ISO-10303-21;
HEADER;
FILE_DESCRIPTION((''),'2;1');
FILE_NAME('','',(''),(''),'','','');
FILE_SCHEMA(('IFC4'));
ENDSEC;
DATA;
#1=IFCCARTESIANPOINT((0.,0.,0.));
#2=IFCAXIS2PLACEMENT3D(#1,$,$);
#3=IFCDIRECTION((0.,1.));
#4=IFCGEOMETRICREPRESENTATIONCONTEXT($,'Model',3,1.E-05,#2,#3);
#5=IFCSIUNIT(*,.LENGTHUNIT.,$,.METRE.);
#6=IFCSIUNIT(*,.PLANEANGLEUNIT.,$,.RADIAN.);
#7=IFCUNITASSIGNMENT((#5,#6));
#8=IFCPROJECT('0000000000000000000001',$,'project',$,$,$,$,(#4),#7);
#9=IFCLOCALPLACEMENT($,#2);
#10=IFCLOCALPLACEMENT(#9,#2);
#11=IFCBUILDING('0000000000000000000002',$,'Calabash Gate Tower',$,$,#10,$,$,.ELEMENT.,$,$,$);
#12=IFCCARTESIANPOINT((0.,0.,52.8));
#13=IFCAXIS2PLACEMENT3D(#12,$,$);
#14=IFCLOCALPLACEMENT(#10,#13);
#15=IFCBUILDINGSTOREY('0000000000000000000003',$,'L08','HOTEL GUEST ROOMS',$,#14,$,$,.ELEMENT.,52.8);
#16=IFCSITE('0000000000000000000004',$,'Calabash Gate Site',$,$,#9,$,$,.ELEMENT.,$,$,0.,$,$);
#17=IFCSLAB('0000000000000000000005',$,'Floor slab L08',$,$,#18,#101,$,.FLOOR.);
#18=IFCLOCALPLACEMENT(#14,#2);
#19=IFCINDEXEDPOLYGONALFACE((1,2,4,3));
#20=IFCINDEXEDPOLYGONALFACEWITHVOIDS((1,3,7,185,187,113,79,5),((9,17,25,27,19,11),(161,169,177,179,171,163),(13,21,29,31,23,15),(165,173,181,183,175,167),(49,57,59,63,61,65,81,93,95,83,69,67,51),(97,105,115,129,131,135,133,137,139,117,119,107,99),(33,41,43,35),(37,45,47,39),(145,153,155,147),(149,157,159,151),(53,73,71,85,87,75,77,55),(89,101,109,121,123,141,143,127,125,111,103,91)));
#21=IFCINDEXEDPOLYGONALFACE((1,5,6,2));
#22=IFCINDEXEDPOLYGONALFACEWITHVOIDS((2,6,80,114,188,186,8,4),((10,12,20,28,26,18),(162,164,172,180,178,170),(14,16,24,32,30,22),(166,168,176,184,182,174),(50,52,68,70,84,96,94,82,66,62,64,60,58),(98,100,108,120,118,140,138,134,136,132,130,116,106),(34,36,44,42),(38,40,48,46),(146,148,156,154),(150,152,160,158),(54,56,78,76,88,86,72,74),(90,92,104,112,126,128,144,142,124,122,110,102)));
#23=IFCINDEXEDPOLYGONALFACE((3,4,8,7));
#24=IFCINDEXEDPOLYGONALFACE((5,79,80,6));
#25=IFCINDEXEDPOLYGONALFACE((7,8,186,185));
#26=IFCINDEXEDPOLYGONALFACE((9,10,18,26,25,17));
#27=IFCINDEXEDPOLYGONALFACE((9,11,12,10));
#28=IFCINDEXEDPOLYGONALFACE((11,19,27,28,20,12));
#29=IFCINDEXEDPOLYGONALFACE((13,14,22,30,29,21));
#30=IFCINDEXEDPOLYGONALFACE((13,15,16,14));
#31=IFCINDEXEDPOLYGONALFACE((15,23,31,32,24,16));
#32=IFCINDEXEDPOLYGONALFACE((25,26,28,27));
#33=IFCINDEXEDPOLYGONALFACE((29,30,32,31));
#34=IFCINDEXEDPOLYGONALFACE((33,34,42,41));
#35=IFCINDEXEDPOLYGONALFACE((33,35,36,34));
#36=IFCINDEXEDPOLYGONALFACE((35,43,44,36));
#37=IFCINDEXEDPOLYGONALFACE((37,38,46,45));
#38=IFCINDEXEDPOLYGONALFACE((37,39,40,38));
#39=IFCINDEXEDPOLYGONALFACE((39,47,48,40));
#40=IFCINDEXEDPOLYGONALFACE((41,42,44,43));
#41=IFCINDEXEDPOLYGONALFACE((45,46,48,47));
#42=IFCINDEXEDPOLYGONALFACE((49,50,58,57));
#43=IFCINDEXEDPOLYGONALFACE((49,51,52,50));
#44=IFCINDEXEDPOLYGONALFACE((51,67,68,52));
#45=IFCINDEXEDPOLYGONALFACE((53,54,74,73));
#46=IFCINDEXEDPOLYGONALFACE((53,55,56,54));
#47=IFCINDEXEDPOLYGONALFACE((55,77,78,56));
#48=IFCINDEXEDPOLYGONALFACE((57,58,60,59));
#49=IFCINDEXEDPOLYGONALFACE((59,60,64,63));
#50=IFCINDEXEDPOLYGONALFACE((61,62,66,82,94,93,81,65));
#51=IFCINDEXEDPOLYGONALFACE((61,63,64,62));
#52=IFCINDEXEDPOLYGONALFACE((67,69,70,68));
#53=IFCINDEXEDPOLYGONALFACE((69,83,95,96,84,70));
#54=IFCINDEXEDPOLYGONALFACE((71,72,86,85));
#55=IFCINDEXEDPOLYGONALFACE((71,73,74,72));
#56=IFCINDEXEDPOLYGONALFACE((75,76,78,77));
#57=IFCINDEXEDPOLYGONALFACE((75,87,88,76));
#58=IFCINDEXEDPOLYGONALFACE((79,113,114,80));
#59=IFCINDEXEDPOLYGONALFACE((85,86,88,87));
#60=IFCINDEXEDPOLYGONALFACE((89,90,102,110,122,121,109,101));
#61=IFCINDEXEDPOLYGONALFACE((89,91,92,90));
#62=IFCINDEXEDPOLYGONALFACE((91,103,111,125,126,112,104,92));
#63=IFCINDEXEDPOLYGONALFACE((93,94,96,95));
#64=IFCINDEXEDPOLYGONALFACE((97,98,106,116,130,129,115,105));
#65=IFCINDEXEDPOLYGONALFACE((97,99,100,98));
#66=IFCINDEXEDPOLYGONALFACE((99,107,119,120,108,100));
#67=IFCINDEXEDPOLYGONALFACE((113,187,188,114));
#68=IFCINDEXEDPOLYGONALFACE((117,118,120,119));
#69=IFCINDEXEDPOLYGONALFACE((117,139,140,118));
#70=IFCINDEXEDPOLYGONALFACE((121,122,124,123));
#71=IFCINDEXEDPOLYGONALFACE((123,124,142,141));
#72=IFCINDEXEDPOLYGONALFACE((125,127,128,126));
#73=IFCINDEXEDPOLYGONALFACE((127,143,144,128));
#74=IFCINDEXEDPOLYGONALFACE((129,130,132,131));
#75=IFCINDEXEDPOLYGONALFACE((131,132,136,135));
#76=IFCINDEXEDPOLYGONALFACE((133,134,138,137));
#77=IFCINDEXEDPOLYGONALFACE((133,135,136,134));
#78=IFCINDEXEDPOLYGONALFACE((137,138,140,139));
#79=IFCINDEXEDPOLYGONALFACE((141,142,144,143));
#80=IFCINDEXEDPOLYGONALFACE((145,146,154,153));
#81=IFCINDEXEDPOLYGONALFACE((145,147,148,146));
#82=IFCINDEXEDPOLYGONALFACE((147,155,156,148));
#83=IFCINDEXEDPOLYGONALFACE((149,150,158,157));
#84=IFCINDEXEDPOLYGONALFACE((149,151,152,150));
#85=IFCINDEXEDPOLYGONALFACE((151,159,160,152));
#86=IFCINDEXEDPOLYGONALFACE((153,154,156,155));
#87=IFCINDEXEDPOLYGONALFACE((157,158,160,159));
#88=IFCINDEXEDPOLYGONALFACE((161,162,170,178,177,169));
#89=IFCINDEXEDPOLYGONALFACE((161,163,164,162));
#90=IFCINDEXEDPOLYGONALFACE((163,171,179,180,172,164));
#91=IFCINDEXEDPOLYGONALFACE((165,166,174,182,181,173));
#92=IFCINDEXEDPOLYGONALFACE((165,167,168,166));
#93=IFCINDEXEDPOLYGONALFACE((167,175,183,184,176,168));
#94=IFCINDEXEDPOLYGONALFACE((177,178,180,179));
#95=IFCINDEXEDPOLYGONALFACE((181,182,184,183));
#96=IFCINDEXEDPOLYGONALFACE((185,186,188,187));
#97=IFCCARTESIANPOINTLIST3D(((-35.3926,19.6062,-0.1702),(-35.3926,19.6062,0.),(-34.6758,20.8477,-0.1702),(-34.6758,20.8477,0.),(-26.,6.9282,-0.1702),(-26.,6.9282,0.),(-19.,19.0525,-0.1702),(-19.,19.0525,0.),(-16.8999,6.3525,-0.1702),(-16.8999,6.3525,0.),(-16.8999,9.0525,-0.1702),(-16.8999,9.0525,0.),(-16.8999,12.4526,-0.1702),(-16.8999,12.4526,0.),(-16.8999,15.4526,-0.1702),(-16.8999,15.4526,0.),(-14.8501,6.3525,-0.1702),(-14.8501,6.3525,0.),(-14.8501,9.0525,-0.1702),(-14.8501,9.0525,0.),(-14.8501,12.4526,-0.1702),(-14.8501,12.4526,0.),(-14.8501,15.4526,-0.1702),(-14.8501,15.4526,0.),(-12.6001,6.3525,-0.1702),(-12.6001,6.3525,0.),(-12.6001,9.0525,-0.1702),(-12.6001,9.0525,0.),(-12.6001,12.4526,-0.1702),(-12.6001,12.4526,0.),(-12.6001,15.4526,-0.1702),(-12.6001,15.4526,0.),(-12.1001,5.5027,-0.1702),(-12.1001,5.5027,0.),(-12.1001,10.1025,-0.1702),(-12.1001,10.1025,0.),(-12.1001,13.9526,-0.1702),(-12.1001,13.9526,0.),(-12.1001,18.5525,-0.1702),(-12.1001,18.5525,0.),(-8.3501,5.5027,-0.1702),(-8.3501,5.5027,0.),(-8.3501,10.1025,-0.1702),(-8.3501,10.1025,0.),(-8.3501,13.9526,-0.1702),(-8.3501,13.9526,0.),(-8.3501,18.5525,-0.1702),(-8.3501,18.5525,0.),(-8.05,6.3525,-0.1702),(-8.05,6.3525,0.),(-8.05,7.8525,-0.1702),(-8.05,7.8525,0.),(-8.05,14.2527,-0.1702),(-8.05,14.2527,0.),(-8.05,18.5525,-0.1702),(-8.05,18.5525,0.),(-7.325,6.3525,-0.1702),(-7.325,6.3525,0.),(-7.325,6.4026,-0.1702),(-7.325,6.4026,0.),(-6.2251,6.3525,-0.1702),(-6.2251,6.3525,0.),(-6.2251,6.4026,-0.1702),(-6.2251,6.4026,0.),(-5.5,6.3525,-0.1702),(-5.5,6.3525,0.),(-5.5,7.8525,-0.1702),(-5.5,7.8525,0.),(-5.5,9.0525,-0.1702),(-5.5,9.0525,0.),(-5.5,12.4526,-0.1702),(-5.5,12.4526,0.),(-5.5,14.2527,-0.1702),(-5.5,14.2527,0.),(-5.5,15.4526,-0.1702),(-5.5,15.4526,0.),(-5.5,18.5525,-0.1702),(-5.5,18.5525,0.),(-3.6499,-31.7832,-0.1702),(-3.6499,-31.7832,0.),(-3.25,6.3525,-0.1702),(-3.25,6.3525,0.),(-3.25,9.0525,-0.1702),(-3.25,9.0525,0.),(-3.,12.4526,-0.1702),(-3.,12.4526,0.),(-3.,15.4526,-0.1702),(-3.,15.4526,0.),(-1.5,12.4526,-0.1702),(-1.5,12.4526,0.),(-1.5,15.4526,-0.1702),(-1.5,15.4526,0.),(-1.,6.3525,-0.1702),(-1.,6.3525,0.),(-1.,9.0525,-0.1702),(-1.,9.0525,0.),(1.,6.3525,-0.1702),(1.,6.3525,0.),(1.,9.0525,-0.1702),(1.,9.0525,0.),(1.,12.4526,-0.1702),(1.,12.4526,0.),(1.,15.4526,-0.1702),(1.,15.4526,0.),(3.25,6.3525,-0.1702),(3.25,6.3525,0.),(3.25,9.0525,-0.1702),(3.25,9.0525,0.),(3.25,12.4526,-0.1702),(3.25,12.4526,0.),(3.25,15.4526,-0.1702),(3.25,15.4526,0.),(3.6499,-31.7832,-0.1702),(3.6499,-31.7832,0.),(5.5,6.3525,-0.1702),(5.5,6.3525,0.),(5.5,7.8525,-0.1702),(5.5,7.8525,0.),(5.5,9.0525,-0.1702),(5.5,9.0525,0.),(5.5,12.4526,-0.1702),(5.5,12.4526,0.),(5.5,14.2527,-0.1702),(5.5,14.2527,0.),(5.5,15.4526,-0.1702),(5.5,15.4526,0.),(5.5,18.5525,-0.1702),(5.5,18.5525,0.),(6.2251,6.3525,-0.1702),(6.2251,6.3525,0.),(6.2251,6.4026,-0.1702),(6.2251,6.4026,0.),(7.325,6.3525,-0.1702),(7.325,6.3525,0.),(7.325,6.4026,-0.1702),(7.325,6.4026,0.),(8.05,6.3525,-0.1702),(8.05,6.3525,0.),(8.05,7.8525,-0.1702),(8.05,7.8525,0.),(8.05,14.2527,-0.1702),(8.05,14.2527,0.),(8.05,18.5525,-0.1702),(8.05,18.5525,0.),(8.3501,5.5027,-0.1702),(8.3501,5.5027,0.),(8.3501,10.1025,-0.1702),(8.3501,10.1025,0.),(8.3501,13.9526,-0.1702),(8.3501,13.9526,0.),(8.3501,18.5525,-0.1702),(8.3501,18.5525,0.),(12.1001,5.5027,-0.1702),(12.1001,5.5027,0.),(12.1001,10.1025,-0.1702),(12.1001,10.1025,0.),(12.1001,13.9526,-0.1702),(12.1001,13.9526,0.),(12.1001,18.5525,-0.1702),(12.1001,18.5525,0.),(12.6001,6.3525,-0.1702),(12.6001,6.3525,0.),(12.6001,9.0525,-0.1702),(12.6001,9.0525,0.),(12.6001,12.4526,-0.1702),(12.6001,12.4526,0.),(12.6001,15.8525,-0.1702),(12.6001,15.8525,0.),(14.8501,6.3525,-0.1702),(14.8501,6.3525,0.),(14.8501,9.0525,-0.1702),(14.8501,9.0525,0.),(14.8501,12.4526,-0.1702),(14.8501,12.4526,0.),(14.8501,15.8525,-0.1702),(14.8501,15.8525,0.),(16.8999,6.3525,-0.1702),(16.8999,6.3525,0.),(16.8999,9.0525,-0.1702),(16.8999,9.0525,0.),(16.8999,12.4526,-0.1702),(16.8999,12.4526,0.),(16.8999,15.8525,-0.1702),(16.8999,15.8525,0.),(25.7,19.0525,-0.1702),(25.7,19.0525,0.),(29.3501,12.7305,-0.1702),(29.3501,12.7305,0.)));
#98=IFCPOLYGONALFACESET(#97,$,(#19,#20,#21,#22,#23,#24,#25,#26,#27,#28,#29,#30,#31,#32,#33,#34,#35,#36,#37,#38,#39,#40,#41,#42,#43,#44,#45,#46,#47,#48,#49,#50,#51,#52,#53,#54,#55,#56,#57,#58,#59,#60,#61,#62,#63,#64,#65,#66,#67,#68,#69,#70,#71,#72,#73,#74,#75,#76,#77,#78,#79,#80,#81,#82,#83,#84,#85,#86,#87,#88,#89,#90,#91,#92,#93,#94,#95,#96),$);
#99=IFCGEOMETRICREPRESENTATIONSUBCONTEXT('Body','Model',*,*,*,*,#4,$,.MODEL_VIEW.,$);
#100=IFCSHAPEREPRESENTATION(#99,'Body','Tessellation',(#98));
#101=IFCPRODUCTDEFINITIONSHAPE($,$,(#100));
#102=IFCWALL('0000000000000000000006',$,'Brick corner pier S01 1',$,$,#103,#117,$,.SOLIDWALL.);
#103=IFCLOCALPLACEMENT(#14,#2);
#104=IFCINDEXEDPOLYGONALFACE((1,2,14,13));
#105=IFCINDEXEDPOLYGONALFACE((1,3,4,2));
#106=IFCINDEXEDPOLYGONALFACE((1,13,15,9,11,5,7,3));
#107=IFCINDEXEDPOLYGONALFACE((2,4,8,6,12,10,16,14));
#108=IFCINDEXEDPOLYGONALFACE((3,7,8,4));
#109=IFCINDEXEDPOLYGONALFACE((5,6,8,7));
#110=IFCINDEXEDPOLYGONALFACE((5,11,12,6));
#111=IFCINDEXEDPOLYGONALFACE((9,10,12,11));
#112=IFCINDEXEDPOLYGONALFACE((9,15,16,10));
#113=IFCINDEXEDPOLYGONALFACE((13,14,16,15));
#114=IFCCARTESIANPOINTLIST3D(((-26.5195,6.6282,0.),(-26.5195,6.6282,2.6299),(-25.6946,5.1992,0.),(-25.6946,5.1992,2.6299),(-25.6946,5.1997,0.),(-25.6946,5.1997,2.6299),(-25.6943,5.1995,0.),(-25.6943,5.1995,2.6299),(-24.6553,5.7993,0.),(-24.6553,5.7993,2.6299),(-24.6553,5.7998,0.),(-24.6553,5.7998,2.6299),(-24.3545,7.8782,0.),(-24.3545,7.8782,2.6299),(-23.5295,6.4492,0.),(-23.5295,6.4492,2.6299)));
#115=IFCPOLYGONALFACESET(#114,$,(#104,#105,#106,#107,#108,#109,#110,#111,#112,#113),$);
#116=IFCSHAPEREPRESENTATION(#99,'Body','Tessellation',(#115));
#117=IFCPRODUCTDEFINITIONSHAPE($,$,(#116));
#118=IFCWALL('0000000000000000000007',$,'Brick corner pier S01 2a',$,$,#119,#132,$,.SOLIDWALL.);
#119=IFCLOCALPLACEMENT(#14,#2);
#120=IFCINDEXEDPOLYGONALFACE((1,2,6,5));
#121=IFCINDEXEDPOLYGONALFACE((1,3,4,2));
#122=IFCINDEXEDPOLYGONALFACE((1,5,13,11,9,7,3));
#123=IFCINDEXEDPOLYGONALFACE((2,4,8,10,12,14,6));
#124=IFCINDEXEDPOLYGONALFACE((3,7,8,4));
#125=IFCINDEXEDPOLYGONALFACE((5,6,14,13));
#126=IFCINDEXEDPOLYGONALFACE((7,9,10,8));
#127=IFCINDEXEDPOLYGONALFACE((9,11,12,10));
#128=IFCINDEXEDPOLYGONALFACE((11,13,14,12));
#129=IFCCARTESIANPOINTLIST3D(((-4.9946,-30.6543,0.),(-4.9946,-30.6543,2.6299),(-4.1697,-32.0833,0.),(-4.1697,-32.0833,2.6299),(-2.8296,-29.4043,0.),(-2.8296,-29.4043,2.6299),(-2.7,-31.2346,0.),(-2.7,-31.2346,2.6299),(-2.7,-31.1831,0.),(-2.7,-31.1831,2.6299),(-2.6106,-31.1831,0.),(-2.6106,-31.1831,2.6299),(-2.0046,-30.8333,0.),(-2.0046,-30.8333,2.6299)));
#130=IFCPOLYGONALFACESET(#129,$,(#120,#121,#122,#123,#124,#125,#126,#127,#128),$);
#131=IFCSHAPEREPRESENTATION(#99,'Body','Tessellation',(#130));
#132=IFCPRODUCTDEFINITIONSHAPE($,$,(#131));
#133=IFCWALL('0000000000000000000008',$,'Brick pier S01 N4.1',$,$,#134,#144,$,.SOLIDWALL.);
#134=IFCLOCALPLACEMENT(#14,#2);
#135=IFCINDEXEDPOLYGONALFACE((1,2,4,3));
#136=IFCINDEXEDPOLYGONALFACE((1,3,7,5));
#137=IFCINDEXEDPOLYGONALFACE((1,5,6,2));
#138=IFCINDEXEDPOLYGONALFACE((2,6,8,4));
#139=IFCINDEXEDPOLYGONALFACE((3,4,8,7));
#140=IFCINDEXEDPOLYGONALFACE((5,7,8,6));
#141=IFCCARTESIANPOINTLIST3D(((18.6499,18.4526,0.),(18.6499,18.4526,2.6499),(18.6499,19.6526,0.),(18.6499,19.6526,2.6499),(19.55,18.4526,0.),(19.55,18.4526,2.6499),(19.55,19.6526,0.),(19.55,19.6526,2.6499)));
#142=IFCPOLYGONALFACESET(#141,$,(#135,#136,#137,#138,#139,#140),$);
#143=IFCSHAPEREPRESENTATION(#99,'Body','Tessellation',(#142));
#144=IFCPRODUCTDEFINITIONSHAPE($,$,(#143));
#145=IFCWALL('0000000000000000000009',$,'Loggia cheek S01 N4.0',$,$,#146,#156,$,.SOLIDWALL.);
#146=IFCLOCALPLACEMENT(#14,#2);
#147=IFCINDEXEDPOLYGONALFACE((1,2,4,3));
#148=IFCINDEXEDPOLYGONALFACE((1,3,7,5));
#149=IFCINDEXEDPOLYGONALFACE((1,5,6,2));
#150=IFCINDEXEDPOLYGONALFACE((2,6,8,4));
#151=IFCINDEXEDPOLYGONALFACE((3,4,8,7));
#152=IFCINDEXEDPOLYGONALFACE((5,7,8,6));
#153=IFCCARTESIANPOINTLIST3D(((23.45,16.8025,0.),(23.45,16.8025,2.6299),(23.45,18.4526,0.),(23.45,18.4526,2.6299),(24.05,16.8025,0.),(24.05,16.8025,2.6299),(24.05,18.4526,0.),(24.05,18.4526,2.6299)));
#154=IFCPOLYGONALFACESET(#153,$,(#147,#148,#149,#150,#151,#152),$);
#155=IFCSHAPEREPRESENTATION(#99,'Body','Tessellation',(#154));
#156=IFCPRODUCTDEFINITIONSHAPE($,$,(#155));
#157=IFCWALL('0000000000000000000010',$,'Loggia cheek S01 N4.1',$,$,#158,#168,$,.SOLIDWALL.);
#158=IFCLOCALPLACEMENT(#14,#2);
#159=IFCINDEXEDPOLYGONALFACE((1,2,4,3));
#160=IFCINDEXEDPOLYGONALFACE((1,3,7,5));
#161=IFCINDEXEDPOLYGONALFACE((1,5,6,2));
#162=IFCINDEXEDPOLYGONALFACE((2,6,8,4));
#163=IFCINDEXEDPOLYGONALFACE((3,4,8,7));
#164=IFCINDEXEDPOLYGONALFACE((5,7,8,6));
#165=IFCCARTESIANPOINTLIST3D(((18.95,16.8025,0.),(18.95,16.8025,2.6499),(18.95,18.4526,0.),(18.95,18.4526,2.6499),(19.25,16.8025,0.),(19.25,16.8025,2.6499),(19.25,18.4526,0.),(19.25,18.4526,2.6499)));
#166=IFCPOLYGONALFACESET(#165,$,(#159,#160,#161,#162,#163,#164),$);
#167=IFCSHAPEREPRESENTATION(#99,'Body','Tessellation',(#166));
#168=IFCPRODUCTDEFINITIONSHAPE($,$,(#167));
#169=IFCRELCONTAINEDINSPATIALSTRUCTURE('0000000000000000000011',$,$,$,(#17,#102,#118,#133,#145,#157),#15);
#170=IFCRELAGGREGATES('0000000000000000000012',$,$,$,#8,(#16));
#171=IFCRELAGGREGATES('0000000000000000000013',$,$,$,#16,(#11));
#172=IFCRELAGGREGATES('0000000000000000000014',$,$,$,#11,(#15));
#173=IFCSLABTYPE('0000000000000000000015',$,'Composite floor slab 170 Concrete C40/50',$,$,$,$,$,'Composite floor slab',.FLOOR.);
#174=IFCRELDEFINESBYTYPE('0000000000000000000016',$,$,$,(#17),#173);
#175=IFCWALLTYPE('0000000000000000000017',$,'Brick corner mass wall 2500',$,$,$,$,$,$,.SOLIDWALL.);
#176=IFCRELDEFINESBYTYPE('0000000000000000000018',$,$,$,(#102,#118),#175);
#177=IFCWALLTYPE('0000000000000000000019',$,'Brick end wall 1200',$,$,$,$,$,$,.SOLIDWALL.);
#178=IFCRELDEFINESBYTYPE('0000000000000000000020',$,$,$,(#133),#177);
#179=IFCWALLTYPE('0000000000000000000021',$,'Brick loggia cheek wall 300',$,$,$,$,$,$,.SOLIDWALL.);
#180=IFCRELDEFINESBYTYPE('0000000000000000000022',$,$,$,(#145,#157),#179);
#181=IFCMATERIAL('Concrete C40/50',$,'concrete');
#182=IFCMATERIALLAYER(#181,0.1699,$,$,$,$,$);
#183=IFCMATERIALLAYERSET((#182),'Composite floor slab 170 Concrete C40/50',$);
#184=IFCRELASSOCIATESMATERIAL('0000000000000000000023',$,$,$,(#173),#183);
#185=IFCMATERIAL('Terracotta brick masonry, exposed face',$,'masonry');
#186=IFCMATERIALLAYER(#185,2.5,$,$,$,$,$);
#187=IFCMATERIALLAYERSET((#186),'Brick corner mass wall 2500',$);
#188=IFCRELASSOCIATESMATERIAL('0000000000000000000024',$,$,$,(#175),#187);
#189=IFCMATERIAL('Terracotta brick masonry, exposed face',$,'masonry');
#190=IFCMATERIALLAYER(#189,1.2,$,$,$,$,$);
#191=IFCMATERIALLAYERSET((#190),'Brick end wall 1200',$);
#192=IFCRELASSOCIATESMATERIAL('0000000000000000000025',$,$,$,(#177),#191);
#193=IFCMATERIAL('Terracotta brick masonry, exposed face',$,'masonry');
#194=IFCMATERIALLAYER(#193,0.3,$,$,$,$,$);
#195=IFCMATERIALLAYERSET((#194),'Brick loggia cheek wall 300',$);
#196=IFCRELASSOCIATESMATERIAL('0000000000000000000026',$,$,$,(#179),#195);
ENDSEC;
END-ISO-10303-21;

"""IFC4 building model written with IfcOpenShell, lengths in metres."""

from ifc_helpers import new_model, si_unit, direction, frame, origin, place, context, subcontext, project, spatial, polyline, outline, extrude, material, layer, layer_set, type_object, element, save


model = new_model("IFC4")

# Units and contexts
model_context = context("Model", 3, precision=1e-05, world=origin(), true_north=direction((0.0, 1.0)))
body_context = subcontext(model_context, "Body", "Model", "MODEL_VIEW")
ifc_project = project(units=[si_unit("LENGTHUNIT", "METRE"), si_unit("PLANEANGLEUNIT", "RADIAN")], contexts=[model_context])

# Site, building, storey
site_placement = place(None, origin())
site = spatial("IfcSite", under=ifc_project, at=site_placement, Name="Calabash Gate Site", CompositionType="ELEMENT", RefElevation=0.0)
building_placement = place(site_placement, origin())
building = spatial("IfcBuilding", under=site, at=building_placement, Name="Calabash Gate Tower", CompositionType="ELEMENT")
storey_placement = place(building_placement, frame((0.0, 0.0, 52.8)))
storey = spatial("IfcBuildingStorey", under=building, at=storey_placement, Name="L08", Description="HOTEL GUEST ROOMS", CompositionType="ELEMENT", Elevation=52.8)

# Slab
ifc_material_1 = material(Name="Concrete C40/50", Category="concrete")
ifc_layer_1 = layer(ifc_material_1, 0.1699)
ifc_layer_set_1 = layer_set([ifc_layer_1], Name="Composite floor slab 170 Concrete C40/50")
slab_type = type_object("IfcSlabType", Name="Composite floor slab 170 Concrete C40/50", ElementType="Composite floor slab", PredefinedType="FLOOR", material=ifc_layer_set_1)
slab_placement = place(storey_placement, frame((0.0, 0.0, -0.1702)))
element("IfcSlab", 1, at=slab_placement, inside=storey, type_object=slab_type, Name="Floor slab L08", PredefinedType="FLOOR", context=body_context, shape_type="SweptSolid", body=[
    extrude(outline(polyline([(-26.0, 6.9282), (-35.3926, 19.6062), (-34.6758, 20.8477), (-19.0, 19.0525), (25.7, 19.0525), (29.3501, 12.7305), (3.6499, -31.7832), (-3.6499, -31.7832), (-26.0, 6.9282)]), holes=[polyline([(-5.5, 9.0525), (-5.5, 7.8525), (-8.05, 7.8525), (-8.05, 6.3525), (-7.325, 6.3525), (-7.325, 6.4026), (-6.2251, 6.4026), (-6.2251, 6.3525), (-5.5, 6.3525), (-3.25, 6.3525), (-1.0, 6.3525), (-1.0, 9.0525), (-3.25, 9.0525), (-5.5, 9.0525)]), polyline([(5.5, 9.0525), (3.25, 9.0525), (1.0, 9.0525), (1.0, 6.3525), (3.25, 6.3525), (5.5, 6.3525), (6.2251, 6.3525), (6.2251, 6.4026), (7.325, 6.4026), (7.325, 6.3525), (8.05, 6.3525), (8.05, 7.8525), (5.5, 7.8525), (5.5, 9.0525)]), polyline([(-5.5, 14.2527), (-5.5, 12.4526), (-3.0, 12.4526), (-3.0, 15.4526), (-5.5, 15.4526), (-5.5, 18.5525), (-8.05, 18.5525), (-8.05, 14.2527), (-5.5, 14.2527)]), polyline([(8.05, 18.5525), (5.5, 18.5525), (5.5, 15.4526), (3.25, 15.4526), (1.0, 15.4526), (-1.5, 15.4526), (-1.5, 12.4526), (1.0, 12.4526), (3.25, 12.4526), (5.5, 12.4526), (5.5, 14.2527), (8.05, 14.2527), (8.05, 18.5525)]), polyline([(-12.6001, 6.3525), (-12.6001, 9.0525), (-14.8501, 9.0525), (-16.8999, 9.0525), (-16.8999, 6.3525), (-14.8501, 6.3525), (-12.6001, 6.3525)]), polyline([(-14.8501, 12.4526), (-12.6001, 12.4526), (-12.6001, 15.4526), (-14.8501, 15.4526), (-16.8999, 15.4526), (-16.8999, 12.4526), (-14.8501, 12.4526)]), polyline([(14.8501, 6.3525), (16.8999, 6.3525), (16.8999, 9.0525), (14.8501, 9.0525), (12.6001, 9.0525), (12.6001, 6.3525), (14.8501, 6.3525)]), polyline([(14.8501, 12.4526), (16.8999, 12.4526), (16.8999, 15.8525), (14.8501, 15.8525), (12.6001, 15.8525), (12.6001, 12.4526), (14.8501, 12.4526)]), polyline([(-8.3501, 18.5525), (-12.1001, 18.5525), (-12.1001, 13.9526), (-8.3501, 13.9526), (-8.3501, 18.5525)]), polyline([(-12.1001, 10.1025), (-12.1001, 5.5027), (-8.3501, 5.5027), (-8.3501, 10.1025), (-12.1001, 10.1025)]), polyline([(8.3501, 13.9526), (12.1001, 13.9526), (12.1001, 18.5525), (8.3501, 18.5525), (8.3501, 13.9526)]), polyline([(12.1001, 5.5027), (12.1001, 10.1025), (8.3501, 10.1025), (8.3501, 5.5027), (12.1001, 5.5027)])]), origin(), (0.0, 0.0, 1.0), 0.1702),
])

# Walls
ifc_material_2 = material(Name="Terracotta brick masonry, exposed face", Category="masonry")
ifc_layer_2 = layer(ifc_material_2, 2.5)
ifc_layer_set_2 = layer_set([ifc_layer_2], Name="Brick corner mass wall 2500")
wall_type_1 = type_object("IfcWallType", Name="Brick corner mass wall 2500", PredefinedType="SOLIDWALL", material=ifc_layer_set_2)
wall_1_placement = place(storey_placement, origin())
element("IfcWall", 2, at=wall_1_placement, inside=storey, type_object=wall_type_1, Name="Brick corner pier S01 1", PredefinedType="SOLIDWALL", context=body_context, shape_type="SweptSolid", body=[
    extrude(outline(polyline([(-25.6946, 5.1997), (-24.6553, 5.7998), (-24.6553, 5.7993), (-23.5295, 6.4492), (-24.3545, 7.8782), (-26.5195, 6.6282), (-25.6946, 5.1992), (-25.6943, 5.1995), (-25.6946, 5.1997)])), origin(), (0.0, 0.0, 1.0), 2.6299),
])
wall_2_placement = place(storey_placement, origin())
element("IfcWall", 3, at=wall_2_placement, inside=storey, type_object=wall_type_1, Name="Brick corner pier S01 2a", PredefinedType="SOLIDWALL", context=body_context, shape_type="SweptSolid", body=[
    extrude(outline(polyline([(-2.0046, -30.8333), (-2.8296, -29.4043), (-4.9946, -30.6543), (-4.1697, -32.0833), (-2.7, -31.2346), (-2.7, -31.1831), (-2.6106, -31.1831), (-2.0046, -30.8333)])), origin(), (0.0, 0.0, 1.0), 2.6299),
])
ifc_material_3 = material(Name="Terracotta brick masonry, exposed face", Category="masonry")
ifc_layer_3 = layer(ifc_material_3, 1.2)
ifc_layer_set_3 = layer_set([ifc_layer_3], Name="Brick end wall 1200")
wall_type_2 = type_object("IfcWallType", Name="Brick end wall 1200", PredefinedType="SOLIDWALL", material=ifc_layer_set_3)
wall_3_placement = place(storey_placement, origin())
element("IfcWall", 4, at=wall_3_placement, inside=storey, type_object=wall_type_2, Name="Brick pier S01 N4.1", PredefinedType="SOLIDWALL", context=body_context, shape_type="SweptSolid", body=[
    extrude(outline(polyline([(19.55, 19.6526), (18.6499, 19.6526), (18.6499, 18.4526), (19.55, 18.4526), (19.55, 19.6526)])), origin(), (0.0, 0.0, 1.0), 2.6499),
])
ifc_material_4 = material(Name="Terracotta brick masonry, exposed face", Category="masonry")
ifc_layer_4 = layer(ifc_material_4, 0.3)
ifc_layer_set_4 = layer_set([ifc_layer_4], Name="Brick loggia cheek wall 300")
wall_type_3 = type_object("IfcWallType", Name="Brick loggia cheek wall 300", PredefinedType="SOLIDWALL", material=ifc_layer_set_4)
wall_4_placement = place(storey_placement, origin())
element("IfcWall", 5, at=wall_4_placement, inside=storey, type_object=wall_type_3, Name="Loggia cheek S01 N4.0", PredefinedType="SOLIDWALL", context=body_context, shape_type="SweptSolid", body=[
    extrude(outline(polyline([(24.05, 16.8025), (24.05, 18.4526), (23.45, 18.4526), (23.45, 16.8025), (24.05, 16.8025)])), origin(), (0.0, 0.0, 1.0), 2.6299),
])
wall_5_placement = place(storey_placement, origin())
element("IfcWall", 6, at=wall_5_placement, inside=storey, type_object=wall_type_3, Name="Loggia cheek S01 N4.1", PredefinedType="SOLIDWALL", context=body_context, shape_type="SweptSolid", body=[
    extrude(outline(polyline([(18.95, 18.4526), (18.95, 16.8025), (19.25, 16.8025), (19.25, 18.4526), (18.95, 18.4526)])), origin(), (0.0, 0.0, 1.0), 2.6499),
])

save(model, "model.ifc")
